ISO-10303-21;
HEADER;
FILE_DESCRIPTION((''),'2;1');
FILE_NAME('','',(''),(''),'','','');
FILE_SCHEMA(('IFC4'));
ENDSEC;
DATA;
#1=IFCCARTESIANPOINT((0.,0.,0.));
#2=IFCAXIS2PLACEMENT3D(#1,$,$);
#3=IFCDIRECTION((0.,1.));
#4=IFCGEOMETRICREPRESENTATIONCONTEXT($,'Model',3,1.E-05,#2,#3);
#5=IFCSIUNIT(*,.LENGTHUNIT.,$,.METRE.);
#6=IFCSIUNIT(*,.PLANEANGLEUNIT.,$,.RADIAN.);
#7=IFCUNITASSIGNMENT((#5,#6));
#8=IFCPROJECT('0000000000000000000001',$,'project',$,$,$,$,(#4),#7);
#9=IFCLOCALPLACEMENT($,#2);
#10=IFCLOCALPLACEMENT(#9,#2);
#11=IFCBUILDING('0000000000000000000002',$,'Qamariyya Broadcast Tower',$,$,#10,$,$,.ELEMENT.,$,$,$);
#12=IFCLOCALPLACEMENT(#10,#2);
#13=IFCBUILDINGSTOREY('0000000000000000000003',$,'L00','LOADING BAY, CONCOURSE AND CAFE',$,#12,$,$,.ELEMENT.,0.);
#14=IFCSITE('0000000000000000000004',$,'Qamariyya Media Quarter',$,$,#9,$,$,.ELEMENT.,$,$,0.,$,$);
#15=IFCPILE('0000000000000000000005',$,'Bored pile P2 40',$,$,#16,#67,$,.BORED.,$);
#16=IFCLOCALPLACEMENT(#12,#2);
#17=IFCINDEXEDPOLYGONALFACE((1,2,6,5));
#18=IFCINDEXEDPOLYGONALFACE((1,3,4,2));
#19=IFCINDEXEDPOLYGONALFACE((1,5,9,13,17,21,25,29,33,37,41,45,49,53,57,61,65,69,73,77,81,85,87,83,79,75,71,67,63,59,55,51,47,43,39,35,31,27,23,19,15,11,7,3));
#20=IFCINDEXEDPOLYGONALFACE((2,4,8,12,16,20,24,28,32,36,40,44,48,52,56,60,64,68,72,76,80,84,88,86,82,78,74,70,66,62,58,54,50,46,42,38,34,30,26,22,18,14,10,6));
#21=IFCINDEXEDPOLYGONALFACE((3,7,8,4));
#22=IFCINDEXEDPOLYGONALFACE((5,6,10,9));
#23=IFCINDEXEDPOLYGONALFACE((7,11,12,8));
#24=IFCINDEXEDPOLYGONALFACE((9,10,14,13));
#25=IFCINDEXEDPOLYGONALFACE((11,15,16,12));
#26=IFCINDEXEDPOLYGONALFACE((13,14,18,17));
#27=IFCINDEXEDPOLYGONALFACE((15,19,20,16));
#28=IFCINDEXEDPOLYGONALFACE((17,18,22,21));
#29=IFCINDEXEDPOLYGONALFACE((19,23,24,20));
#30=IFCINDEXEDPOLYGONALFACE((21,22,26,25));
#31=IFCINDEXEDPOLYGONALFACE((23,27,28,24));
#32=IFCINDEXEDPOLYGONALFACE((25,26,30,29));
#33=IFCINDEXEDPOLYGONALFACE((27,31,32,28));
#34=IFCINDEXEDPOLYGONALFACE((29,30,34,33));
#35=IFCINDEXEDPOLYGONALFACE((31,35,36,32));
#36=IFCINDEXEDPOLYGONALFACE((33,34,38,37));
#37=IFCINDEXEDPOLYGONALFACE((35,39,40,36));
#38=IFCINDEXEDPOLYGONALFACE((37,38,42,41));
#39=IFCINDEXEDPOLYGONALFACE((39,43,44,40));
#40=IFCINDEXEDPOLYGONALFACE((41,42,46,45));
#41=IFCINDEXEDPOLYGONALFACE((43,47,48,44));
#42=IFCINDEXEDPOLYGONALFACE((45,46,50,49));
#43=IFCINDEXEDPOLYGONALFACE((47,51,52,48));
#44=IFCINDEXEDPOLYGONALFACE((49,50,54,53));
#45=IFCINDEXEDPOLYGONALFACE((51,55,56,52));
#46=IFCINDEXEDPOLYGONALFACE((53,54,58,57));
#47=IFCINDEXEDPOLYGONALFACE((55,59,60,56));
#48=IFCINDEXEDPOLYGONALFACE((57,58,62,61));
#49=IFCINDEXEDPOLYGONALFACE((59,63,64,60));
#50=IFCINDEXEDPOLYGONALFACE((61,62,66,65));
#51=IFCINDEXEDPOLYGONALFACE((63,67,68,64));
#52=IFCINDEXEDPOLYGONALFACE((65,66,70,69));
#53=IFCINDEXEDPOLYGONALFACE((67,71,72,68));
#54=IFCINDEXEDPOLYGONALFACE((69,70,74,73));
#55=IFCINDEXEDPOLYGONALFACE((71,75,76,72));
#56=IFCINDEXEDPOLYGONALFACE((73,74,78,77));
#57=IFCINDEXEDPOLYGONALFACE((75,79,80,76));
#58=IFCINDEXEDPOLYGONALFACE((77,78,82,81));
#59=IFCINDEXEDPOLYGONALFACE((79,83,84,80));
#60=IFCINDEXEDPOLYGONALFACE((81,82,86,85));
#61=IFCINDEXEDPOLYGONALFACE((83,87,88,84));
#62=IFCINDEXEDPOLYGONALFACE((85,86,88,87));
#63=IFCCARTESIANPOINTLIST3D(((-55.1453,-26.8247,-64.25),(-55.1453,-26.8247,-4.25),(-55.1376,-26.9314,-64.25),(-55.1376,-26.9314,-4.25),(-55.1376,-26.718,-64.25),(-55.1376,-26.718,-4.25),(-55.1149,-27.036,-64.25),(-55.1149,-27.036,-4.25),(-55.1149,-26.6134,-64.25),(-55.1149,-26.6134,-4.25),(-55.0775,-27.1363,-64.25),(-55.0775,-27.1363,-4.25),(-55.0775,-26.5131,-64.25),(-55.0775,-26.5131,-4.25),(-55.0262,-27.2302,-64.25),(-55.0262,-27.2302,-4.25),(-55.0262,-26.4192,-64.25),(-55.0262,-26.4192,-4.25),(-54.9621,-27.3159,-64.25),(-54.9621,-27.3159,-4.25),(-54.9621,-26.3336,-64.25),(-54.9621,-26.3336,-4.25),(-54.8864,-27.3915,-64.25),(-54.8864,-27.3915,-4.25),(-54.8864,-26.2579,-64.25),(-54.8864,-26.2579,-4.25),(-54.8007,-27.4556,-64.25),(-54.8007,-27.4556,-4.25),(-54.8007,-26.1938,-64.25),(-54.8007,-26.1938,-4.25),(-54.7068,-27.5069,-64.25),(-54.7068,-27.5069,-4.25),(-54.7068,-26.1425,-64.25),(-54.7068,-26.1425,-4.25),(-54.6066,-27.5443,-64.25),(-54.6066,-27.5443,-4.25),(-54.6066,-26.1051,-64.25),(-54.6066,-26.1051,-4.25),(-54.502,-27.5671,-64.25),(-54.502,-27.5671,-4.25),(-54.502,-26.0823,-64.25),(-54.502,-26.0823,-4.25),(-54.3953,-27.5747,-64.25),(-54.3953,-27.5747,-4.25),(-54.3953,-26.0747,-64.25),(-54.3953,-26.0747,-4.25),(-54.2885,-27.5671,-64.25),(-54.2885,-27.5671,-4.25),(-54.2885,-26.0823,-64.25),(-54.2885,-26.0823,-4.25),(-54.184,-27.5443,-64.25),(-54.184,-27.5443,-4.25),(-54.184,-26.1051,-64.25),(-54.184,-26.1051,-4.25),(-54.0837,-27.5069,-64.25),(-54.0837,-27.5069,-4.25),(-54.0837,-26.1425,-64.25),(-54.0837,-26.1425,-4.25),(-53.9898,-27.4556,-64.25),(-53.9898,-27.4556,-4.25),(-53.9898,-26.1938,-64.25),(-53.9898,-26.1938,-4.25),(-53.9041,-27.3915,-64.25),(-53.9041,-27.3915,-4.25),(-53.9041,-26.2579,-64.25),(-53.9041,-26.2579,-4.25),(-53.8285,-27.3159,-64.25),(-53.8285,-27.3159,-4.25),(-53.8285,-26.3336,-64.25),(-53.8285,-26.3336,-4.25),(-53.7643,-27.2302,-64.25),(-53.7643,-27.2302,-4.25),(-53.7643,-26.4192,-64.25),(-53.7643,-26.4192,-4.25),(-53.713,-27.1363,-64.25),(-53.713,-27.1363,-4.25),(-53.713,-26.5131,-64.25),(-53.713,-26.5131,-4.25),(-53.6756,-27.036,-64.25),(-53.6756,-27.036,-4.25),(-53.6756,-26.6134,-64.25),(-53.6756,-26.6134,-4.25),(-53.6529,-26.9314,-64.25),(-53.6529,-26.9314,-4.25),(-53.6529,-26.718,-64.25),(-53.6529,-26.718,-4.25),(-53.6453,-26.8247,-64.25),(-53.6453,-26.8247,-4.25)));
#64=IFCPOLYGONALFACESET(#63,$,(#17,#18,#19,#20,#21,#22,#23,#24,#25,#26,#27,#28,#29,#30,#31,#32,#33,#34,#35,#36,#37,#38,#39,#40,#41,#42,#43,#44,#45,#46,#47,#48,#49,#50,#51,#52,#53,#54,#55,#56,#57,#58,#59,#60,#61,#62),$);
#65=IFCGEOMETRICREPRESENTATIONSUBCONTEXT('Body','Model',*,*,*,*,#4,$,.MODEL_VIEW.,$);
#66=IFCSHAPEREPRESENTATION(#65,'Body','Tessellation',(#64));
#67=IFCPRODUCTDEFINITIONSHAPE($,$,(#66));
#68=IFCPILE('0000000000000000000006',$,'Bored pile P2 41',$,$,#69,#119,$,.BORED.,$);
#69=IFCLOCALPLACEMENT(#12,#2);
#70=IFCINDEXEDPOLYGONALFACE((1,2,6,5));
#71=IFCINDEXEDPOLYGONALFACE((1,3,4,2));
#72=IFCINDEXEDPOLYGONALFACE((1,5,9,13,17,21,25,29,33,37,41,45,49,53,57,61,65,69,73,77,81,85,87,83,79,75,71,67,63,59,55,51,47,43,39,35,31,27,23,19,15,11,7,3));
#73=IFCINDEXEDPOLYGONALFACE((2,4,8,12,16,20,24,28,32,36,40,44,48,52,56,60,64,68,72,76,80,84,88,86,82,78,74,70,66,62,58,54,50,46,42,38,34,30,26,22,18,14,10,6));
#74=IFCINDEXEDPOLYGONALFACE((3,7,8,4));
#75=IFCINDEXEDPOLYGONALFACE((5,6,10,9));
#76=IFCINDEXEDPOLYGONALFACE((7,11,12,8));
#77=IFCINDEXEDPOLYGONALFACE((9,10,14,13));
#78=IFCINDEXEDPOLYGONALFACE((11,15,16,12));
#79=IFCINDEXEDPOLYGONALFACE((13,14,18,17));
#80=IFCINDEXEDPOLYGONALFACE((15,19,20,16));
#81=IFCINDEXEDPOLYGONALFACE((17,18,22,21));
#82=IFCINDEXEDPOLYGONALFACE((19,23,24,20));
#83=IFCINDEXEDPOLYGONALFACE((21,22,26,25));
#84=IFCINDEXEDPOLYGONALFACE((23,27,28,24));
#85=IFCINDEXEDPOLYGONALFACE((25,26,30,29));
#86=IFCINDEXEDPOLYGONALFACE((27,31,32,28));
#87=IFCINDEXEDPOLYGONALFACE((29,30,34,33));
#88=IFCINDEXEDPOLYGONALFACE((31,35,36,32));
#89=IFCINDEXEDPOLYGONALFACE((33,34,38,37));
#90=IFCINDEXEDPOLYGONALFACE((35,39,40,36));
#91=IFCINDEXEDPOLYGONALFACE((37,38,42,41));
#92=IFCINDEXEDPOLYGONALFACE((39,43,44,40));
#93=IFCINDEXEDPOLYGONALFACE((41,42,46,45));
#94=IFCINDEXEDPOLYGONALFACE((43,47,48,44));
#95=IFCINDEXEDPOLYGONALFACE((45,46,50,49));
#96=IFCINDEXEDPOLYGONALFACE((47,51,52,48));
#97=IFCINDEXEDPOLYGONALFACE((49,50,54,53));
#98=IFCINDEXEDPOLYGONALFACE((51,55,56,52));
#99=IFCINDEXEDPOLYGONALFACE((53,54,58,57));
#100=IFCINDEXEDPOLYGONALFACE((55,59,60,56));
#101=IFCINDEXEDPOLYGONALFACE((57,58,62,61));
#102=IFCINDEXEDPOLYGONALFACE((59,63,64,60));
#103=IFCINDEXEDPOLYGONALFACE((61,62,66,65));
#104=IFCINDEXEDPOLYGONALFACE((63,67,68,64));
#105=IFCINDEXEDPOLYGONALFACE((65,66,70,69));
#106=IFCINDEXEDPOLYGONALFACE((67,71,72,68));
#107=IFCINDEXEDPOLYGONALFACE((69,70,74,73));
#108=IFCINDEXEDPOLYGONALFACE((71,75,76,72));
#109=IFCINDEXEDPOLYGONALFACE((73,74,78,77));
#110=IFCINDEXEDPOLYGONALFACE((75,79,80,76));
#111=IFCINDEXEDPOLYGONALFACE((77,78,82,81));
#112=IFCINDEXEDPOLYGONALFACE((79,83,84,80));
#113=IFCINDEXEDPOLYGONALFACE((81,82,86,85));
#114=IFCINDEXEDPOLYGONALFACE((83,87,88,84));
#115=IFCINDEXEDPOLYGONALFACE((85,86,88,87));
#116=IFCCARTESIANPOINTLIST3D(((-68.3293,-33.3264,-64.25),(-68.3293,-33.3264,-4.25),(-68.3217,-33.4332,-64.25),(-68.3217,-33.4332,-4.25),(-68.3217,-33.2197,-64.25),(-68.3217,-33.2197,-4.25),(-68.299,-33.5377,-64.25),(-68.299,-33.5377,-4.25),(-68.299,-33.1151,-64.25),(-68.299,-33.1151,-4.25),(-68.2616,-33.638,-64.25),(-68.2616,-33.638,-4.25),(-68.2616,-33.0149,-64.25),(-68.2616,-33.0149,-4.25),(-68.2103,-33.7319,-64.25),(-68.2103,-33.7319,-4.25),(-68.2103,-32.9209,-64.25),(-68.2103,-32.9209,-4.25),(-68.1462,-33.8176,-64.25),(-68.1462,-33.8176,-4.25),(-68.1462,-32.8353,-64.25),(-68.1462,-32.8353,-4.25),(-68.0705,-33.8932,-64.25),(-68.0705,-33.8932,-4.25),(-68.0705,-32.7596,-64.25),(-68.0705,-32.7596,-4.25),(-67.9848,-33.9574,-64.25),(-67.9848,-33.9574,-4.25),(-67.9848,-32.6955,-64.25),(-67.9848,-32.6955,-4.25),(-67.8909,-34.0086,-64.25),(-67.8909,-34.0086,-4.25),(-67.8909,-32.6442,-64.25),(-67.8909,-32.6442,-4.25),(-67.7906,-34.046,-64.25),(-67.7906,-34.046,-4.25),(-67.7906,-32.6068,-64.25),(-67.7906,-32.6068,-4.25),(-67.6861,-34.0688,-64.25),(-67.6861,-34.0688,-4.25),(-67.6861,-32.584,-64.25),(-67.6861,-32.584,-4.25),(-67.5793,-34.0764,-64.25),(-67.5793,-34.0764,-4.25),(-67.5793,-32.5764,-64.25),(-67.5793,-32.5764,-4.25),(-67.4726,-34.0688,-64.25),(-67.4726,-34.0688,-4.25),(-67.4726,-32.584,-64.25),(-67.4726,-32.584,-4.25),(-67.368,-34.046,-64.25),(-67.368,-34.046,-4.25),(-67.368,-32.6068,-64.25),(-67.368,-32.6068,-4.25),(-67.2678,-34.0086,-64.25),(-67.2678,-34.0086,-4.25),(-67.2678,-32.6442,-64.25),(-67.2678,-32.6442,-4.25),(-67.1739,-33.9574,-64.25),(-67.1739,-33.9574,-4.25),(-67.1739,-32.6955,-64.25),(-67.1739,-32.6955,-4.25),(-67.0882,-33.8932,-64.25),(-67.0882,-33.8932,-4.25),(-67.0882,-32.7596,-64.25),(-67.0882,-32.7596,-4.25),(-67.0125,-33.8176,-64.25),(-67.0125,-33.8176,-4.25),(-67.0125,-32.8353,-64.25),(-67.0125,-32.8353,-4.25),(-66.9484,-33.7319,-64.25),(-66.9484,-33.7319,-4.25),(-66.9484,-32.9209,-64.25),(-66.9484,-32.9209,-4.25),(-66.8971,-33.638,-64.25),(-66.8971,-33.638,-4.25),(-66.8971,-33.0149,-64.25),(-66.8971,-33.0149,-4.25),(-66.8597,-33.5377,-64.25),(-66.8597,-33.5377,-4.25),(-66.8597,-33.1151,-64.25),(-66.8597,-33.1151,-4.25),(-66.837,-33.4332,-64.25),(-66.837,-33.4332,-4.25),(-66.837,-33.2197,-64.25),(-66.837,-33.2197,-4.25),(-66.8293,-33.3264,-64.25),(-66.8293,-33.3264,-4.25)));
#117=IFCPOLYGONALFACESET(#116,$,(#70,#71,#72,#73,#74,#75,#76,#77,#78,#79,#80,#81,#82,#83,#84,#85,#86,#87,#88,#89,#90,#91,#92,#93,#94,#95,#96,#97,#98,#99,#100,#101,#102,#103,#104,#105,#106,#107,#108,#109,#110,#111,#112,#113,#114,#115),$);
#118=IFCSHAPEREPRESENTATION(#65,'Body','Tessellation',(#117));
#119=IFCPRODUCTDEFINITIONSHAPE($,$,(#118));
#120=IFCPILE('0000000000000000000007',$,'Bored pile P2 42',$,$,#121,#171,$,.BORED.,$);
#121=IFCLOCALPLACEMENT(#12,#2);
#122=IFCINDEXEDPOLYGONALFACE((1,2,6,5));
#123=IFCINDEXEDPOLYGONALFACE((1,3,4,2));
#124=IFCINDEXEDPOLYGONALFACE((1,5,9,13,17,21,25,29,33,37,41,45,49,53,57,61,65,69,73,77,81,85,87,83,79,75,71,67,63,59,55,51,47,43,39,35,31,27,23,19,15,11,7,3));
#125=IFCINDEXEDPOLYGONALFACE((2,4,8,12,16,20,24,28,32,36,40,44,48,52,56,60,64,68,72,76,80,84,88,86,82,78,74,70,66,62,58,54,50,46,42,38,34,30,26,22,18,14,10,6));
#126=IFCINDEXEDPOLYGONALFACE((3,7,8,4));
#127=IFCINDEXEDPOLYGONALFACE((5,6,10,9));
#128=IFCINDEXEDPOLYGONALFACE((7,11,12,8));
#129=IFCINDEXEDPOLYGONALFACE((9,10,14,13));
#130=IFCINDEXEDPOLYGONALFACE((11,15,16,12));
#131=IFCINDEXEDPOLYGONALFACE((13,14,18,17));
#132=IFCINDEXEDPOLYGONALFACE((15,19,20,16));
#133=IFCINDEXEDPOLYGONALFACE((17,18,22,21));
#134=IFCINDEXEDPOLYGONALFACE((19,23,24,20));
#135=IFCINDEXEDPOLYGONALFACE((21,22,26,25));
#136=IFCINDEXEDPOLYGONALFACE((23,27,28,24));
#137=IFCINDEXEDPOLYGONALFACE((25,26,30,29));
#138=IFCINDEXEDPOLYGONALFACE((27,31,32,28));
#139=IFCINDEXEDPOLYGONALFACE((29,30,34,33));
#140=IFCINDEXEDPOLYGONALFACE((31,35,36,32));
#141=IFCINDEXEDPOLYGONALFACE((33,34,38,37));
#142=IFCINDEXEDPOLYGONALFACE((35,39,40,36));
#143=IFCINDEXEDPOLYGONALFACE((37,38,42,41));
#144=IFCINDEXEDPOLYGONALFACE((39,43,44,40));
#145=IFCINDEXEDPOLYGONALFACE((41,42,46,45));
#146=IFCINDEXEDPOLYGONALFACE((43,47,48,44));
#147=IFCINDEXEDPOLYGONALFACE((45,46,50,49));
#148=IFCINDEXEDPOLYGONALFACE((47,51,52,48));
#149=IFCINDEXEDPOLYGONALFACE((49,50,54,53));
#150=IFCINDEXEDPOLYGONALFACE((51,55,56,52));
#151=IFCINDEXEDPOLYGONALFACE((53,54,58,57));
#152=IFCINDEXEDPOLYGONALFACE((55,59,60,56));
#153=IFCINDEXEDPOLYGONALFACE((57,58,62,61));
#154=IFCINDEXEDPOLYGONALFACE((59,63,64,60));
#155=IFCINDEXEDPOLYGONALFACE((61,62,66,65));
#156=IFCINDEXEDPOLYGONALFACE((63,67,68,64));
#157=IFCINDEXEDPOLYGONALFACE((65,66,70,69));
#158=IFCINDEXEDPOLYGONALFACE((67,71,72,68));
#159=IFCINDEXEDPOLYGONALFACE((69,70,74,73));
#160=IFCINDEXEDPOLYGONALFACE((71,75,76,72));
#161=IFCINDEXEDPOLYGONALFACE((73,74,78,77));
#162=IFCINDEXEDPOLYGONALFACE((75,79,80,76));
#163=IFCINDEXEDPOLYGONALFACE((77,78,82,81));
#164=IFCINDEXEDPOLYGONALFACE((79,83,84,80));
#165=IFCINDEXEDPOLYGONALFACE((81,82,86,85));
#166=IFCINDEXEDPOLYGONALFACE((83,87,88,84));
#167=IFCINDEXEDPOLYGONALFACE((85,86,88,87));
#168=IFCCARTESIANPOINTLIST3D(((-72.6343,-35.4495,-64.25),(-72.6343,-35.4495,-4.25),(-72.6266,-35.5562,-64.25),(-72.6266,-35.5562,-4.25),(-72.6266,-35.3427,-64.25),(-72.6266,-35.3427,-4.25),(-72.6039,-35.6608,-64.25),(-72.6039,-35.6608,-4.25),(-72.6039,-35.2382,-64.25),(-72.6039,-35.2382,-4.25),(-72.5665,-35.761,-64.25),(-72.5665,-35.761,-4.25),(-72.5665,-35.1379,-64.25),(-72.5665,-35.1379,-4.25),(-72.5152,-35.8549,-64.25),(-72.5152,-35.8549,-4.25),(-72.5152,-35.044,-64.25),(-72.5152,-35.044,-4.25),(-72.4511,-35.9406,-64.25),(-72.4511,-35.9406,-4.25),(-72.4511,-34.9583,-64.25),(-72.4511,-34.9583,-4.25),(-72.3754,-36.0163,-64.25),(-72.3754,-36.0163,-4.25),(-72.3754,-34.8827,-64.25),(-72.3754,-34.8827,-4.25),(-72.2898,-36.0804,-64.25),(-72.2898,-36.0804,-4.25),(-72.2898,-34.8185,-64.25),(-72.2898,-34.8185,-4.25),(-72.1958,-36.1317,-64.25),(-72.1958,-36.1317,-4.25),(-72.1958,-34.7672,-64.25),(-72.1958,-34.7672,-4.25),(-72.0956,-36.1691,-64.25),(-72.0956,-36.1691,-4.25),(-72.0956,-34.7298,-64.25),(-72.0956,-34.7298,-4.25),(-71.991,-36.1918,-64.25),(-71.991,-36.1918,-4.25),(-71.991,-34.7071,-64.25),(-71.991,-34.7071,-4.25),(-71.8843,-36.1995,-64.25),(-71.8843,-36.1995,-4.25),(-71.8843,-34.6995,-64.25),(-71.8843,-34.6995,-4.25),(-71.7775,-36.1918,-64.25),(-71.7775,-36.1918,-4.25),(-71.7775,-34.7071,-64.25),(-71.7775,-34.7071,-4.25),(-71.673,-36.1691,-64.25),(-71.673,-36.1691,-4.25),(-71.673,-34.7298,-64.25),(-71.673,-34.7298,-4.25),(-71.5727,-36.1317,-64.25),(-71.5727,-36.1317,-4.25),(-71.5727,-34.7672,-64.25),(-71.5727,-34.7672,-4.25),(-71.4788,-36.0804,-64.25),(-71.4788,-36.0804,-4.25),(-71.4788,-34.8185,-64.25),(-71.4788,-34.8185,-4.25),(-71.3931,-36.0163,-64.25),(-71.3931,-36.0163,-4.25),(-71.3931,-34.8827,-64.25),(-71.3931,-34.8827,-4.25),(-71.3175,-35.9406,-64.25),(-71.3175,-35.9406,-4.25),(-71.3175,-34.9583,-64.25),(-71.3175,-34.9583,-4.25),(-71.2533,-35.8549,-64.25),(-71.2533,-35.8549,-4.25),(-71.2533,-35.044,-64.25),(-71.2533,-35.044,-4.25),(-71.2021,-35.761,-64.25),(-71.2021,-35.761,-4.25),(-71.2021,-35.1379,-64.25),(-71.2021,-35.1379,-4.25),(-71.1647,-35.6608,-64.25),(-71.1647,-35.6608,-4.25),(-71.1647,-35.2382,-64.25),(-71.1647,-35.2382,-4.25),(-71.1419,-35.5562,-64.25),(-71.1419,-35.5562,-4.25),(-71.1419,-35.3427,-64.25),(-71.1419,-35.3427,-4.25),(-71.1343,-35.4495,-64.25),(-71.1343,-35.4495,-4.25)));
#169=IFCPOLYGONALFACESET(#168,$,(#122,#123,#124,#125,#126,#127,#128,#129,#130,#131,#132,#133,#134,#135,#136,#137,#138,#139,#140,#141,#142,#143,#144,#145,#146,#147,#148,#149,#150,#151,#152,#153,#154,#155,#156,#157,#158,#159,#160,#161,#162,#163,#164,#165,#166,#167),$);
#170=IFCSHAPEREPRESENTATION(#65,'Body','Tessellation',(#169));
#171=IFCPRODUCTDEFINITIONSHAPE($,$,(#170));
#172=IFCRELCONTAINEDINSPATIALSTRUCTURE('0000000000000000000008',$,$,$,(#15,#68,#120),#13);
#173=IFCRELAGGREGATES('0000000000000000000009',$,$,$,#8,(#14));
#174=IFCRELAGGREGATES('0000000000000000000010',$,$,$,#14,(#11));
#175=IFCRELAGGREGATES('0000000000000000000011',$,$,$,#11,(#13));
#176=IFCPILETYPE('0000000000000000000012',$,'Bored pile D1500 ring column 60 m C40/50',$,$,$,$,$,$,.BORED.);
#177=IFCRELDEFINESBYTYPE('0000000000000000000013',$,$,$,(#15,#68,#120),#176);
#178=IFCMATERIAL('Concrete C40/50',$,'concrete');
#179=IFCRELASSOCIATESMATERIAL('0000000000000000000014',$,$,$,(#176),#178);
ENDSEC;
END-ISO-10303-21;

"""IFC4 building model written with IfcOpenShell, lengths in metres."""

from ifc_helpers import new_model, si_unit, direction, frame, origin, origin_2d, place, context, subcontext, project, spatial, circle, extrude, material, material_profile, profile_set, type_object, element, save


model = new_model("IFC4")

# Units and contexts
model_context = context("Model", 3, precision=1e-05, world=origin(), true_north=direction((0.0, 1.0)))
body_context = subcontext(model_context, "Body", "Model", "MODEL_VIEW")
ifc_project = project(units=[si_unit("LENGTHUNIT", "METRE"), si_unit("PLANEANGLEUNIT", "RADIAN")], contexts=[model_context])

# Site, building, storey
site_placement = place(None, origin())
site = spatial("IfcSite", under=ifc_project, at=site_placement, Name="Qamariyya Media Quarter", CompositionType="ELEMENT", RefElevation=0.0)
building_placement = place(site_placement, origin())
building = spatial("IfcBuilding", under=site, at=building_placement, Name="Qamariyya Broadcast Tower", CompositionType="ELEMENT")
storey_placement = place(building_placement, origin())
storey = spatial("IfcBuildingStorey", under=building, at=storey_placement, Name="L00", Description="LOADING BAY, CONCOURSE AND CAFE", CompositionType="ELEMENT", Elevation=0.0)

# Piles
ifc_material_1 = material(Name="Concrete C40/50", Category="concrete")
ifc_material_profile_1 = material_profile(ifc_material_1, circle(Radius=0.75, at=origin_2d()))
ifc_profile_set_1 = profile_set([ifc_material_profile_1], Name="Concrete C40/50")
pile_type_1 = type_object("IfcPileType", Name="Bored pile D1500 ring column 60 m C40/50", PredefinedType="BORED", material=ifc_profile_set_1)
for number, where, z_axis, x_axis, name in (
    (1, (-54.3953, -26.8247, -4.25), (0.0, 0.0, -1.0), (1.0, 0.0, 0.0), "Bored pile P2 40"),
    (2, (-67.5793, -33.3264, -4.25), (0.0, 0.0, -1.0), (1.0, 0.0, 0.0), "Bored pile P2 41"),
    (3, (-71.8843, -35.4495, -4.25), (0.0, 0.0, -1.0), (1.0, 0.0, 0.0), "Bored pile P2 42"),
):
    element("IfcPile", number, at=place(storey_placement, frame(where, z_axis=z_axis, x_axis=x_axis)), inside=storey, type_object=pile_type_1, Name=name, PredefinedType="BORED", context=body_context, shape_type="SweptSolid", body=[
        extrude(circle(Radius=0.75, at=origin_2d()), origin(), (0.0, 0.0, 1.0), 60.0),
    ])

save(model, "model.ifc")
